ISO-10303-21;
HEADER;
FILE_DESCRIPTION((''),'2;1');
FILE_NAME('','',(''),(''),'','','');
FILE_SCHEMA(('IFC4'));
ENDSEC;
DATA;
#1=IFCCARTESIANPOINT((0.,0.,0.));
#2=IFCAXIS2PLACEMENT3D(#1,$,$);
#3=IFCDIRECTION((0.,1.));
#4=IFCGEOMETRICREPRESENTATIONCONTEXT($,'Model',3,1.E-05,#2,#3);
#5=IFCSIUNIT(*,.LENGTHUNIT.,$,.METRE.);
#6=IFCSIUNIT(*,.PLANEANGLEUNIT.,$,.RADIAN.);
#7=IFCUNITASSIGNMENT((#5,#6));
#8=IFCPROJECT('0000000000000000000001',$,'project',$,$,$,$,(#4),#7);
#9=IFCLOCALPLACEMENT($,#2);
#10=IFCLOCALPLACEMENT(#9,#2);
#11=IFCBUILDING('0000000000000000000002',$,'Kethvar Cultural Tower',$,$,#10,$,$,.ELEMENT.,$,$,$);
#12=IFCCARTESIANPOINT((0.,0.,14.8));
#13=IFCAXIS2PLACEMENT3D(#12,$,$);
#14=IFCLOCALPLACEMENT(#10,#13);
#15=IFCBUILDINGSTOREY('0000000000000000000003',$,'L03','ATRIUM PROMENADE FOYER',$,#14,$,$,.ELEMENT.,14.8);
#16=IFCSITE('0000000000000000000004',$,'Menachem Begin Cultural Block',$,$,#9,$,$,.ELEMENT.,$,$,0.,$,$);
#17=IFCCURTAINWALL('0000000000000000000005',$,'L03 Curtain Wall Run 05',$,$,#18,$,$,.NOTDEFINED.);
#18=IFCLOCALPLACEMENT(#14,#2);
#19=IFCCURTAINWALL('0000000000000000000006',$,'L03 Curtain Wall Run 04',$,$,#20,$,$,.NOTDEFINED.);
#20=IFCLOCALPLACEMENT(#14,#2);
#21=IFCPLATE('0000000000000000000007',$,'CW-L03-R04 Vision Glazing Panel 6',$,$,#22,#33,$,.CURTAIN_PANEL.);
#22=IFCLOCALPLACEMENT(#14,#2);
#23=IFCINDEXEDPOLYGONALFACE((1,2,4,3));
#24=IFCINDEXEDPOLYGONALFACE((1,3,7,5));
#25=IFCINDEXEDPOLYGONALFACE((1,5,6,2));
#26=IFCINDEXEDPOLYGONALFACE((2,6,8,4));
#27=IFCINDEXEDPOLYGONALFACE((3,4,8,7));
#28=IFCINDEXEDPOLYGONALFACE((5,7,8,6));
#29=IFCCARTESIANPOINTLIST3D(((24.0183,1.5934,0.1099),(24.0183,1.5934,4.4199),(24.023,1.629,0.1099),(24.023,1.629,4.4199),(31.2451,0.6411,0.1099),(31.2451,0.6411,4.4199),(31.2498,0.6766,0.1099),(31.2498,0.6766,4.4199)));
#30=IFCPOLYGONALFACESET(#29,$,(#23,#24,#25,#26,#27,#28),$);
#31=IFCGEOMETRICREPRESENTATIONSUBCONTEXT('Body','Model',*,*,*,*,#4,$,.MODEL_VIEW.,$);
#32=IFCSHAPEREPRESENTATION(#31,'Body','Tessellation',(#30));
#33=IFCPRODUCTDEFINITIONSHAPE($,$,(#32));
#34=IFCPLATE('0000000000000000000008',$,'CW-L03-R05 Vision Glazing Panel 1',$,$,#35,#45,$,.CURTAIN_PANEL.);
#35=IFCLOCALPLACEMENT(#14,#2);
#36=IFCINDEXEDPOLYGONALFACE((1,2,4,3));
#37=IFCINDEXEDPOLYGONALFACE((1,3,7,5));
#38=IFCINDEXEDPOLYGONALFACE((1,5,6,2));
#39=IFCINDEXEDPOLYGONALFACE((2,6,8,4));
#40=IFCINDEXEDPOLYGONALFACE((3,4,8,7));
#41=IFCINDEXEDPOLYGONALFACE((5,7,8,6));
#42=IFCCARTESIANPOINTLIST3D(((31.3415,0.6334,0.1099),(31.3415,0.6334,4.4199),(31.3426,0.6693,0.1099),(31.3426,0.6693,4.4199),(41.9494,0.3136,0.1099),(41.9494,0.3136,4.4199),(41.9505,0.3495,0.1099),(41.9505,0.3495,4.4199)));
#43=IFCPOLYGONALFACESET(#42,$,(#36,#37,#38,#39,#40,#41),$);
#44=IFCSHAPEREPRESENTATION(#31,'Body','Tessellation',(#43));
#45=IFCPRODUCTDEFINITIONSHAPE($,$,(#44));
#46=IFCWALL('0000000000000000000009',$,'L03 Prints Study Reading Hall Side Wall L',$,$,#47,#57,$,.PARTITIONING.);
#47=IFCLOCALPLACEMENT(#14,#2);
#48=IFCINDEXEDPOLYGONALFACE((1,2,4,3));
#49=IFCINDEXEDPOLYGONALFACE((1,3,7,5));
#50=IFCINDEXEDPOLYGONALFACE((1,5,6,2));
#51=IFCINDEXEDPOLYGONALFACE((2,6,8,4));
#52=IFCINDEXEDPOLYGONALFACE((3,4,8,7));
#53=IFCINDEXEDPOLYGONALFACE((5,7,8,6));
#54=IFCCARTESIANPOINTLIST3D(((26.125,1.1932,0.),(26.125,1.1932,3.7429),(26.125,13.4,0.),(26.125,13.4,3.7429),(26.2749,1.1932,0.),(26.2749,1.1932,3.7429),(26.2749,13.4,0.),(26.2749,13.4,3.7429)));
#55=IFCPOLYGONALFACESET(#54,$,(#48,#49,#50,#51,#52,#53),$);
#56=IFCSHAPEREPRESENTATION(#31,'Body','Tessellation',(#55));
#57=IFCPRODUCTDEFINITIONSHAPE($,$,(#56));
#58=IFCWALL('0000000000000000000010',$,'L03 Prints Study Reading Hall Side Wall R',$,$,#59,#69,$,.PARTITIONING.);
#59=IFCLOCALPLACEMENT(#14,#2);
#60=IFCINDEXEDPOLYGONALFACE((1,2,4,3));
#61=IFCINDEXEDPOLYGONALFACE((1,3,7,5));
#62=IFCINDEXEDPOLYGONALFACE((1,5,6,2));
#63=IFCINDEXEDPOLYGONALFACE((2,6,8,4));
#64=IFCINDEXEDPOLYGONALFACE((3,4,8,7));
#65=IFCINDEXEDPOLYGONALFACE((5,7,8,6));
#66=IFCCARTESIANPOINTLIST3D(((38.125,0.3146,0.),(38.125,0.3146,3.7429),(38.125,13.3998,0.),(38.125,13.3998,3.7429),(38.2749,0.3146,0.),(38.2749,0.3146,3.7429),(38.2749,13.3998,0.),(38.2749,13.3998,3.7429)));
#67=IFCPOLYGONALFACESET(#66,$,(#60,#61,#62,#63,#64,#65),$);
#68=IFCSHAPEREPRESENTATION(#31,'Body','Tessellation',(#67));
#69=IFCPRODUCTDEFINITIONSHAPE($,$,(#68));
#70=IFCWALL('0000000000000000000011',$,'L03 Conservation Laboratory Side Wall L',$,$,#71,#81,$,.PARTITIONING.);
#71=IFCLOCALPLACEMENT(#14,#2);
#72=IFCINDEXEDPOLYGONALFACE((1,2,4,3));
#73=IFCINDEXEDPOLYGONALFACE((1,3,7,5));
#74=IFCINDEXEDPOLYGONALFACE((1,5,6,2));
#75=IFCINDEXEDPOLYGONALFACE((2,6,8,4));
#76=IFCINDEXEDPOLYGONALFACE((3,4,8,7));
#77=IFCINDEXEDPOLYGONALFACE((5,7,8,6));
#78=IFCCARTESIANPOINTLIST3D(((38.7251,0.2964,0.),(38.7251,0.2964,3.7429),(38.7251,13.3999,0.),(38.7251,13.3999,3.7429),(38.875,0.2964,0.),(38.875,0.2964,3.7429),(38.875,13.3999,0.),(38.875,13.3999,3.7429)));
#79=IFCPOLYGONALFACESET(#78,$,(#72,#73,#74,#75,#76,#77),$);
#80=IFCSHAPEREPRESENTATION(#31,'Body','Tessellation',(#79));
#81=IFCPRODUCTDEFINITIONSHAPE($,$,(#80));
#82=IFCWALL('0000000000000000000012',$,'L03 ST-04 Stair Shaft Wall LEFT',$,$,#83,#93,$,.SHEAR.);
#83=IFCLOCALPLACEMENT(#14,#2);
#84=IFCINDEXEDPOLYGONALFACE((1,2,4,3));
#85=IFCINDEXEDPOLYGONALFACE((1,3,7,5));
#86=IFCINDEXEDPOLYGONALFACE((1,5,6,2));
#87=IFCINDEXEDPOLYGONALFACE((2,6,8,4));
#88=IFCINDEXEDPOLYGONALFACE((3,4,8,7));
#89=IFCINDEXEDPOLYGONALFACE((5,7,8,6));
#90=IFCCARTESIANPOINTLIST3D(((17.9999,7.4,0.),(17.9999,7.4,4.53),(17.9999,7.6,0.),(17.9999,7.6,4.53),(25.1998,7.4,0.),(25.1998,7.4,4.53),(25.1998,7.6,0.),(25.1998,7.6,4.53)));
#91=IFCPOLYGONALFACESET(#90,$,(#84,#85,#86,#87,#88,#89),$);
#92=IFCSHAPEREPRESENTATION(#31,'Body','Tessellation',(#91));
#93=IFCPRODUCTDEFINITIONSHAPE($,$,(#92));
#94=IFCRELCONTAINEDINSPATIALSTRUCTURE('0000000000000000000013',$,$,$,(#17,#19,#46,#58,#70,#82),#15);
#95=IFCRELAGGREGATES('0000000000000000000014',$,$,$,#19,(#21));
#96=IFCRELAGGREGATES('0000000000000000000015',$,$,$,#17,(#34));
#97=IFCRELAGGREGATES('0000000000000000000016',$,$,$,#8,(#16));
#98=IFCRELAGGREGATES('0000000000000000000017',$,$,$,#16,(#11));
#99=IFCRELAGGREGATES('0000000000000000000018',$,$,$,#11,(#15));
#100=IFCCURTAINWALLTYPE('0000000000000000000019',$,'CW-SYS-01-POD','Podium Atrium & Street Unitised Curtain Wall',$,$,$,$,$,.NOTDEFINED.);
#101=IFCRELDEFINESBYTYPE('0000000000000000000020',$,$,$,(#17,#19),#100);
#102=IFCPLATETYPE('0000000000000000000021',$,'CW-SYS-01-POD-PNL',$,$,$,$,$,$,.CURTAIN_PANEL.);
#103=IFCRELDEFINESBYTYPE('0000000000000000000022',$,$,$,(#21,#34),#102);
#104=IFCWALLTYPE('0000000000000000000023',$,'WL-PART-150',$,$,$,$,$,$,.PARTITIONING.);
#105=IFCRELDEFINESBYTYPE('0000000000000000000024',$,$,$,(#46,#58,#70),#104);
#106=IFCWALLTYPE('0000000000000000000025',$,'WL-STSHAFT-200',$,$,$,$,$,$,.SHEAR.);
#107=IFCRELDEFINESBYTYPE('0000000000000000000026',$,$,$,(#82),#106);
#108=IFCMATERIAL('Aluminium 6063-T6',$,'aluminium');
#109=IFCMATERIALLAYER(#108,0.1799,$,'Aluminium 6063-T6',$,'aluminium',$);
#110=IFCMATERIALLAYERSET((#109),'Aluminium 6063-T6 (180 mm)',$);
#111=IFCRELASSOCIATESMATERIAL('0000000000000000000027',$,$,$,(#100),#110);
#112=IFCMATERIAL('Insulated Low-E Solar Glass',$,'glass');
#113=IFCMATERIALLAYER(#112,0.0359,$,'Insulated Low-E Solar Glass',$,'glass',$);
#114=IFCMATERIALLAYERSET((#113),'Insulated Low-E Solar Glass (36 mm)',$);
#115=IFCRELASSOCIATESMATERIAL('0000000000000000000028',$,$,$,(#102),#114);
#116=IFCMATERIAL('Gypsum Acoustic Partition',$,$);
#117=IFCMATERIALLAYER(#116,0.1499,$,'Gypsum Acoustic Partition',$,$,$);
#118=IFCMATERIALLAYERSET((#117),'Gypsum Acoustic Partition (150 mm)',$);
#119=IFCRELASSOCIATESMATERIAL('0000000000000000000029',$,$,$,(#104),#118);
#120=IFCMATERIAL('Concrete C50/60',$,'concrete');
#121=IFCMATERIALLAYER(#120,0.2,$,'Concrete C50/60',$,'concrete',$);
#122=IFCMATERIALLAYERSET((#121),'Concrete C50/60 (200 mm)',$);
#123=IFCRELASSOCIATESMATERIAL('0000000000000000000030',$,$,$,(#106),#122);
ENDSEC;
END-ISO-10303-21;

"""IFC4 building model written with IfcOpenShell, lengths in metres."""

from ifc_helpers import new_model, si_unit, direction, frame, frame_2d, origin, origin_2d, place, context, subcontext, project, spatial, rectangle, extrude, source, transform, mapped, material, layer, layer_set, type_object, element, aggregate, save


model = new_model("IFC4")

# Units and contexts
model_context = context("Model", 3, precision=1e-05, world=origin(), true_north=direction((0.0, 1.0)))
body_context = subcontext(model_context, "Body", "Model", "MODEL_VIEW")
ifc_project = project(units=[si_unit("LENGTHUNIT", "METRE"), si_unit("PLANEANGLEUNIT", "RADIAN")], contexts=[model_context])

# Site, building, storey
site_placement = place(None, origin())
site = spatial("IfcSite", under=ifc_project, at=site_placement, Name="Menachem Begin Cultural Block", CompositionType="ELEMENT", RefElevation=0.0)
building_placement = place(site_placement, origin())
building = spatial("IfcBuilding", under=site, at=building_placement, Name="Kethvar Cultural Tower", CompositionType="ELEMENT")
storey_placement = place(building_placement, frame((0.0, 0.0, 14.8)))
storey = spatial("IfcBuildingStorey", under=building, at=storey_placement, Name="L03", Description="ATRIUM PROMENADE FOYER", CompositionType="ELEMENT", Elevation=14.8)

# Curtain wall
ifc_material_1 = material(Name="Aluminium 6063-T6", Category="aluminium")
ifc_layer_1 = layer(ifc_material_1, 0.1799, Name="Aluminium 6063-T6", Category="aluminium")
ifc_layer_set_1 = layer_set([ifc_layer_1], Name="Aluminium 6063-T6 (180 mm)")
curtain_wall_type = type_object("IfcCurtainWallType", Name="CW-SYS-01-POD", Description="Podium Atrium & Street Unitised Curtain Wall", PredefinedType="NOTDEFINED", material=ifc_layer_set_1)
curtain_wall_1_placement = place(storey_placement, origin())
curtain_wall_1 = element("IfcCurtainWall", 1, at=curtain_wall_1_placement, inside=storey, type_object=curtain_wall_type, Name="L03 Curtain Wall Run 05", PredefinedType="NOTDEFINED")

# Curtain wall
curtain_wall_2_placement = place(storey_placement, origin())
curtain_wall_2 = element("IfcCurtainWall", 2, at=curtain_wall_2_placement, inside=storey, type_object=curtain_wall_type, Name="L03 Curtain Wall Run 04", PredefinedType="NOTDEFINED")

# Plates
ifc_material_2 = material(Name="Insulated Low-E Solar Glass", Category="glass")
ifc_layer_2 = layer(ifc_material_2, 0.0359, Name="Insulated Low-E Solar Glass", Category="glass")
ifc_layer_set_2 = layer_set([ifc_layer_2], Name="Insulated Low-E Solar Glass (36 mm)")
plate_type_1 = type_object("IfcPlateType", Name="CW-SYS-01-POD-PNL", PredefinedType="CURTAIN_PANEL", material=ifc_layer_set_2)
shared_shape_1 = source(origin(), body_context, "Body", "SweptSolid", [
    extrude(rectangle(XDim=7.2893, YDim=0.0359, at=origin_2d()), origin(), (0.0, 0.0, 1.0), 4.3101),
])
plate_1_placement = place(storey_placement, frame((27.634, 1.135, 0.1099), z_axis=(0.0, 0.0, 1.0), x_axis=(0.991429, -0.130647, 0.0)))
plate_1 = element("IfcPlate", 3, at=plate_1_placement, type_object=plate_type_1, Name="CW-L03-R04 Vision Glazing Panel 6", PredefinedType="CURTAIN_PANEL", context=body_context, shape_type="MappedRepresentation", body=[
    mapped(shared_shape_1, transform((0.0, 0.0, 0.0), scale=1.0)),
])
aggregate(curtain_wall_2, [plate_1])
shared_shape_2 = source(origin(), body_context, "Body", "SweptSolid", [
    extrude(rectangle(XDim=10.6128, YDim=0.0359, at=origin_2d()), origin(), (0.0, 0.0, 1.0), 4.3101),
])
plate_2_placement = place(storey_placement, frame((36.646, 0.4915, 0.1099), z_axis=(0.0, 0.0, 1.0), x_axis=(0.999546, -0.030137, 0.0)))
plate_2 = element("IfcPlate", 4, at=plate_2_placement, type_object=plate_type_1, Name="CW-L03-R05 Vision Glazing Panel 1", PredefinedType="CURTAIN_PANEL", context=body_context, shape_type="MappedRepresentation", body=[
    mapped(shared_shape_2, transform((0.0, 0.0, 0.0), scale=1.0)),
])
aggregate(curtain_wall_1, [plate_2])

# Walls
ifc_material_3 = material(Name="Gypsum Acoustic Partition")
ifc_layer_3 = layer(ifc_material_3, 0.1499, Name="Gypsum Acoustic Partition")
ifc_layer_set_3 = layer_set([ifc_layer_3], Name="Gypsum Acoustic Partition (150 mm)")
wall_type_1 = type_object("IfcWallType", Name="WL-PART-150", PredefinedType="PARTITIONING", material=ifc_layer_set_3)
wall_1_placement = place(storey_placement, frame((26.2, 1.1931, 0.0), z_axis=(0.0, 0.0, 1.0), x_axis=(0.0, 1.0, 0.0)))
element("IfcWall", 5, at=wall_1_placement, inside=storey, type_object=wall_type_1, Name="L03 Prints Study Reading Hall Side Wall L", PredefinedType="PARTITIONING", context=body_context, shape_type="SweptSolid", body=[
    extrude(rectangle(XDim=12.2068, YDim=0.1499, at=frame_2d((6.1035, 0.0))), origin(), (0.0, 0.0, 1.0), 3.7429),
])
wall_2_placement = place(storey_placement, frame((38.2, 0.3147, 0.0), z_axis=(0.0, 0.0, 1.0), x_axis=(0.0, 1.0, 0.0)))
element("IfcWall", 6, at=wall_2_placement, inside=storey, type_object=wall_type_1, Name="L03 Prints Study Reading Hall Side Wall R", PredefinedType="PARTITIONING", context=body_context, shape_type="SweptSolid", body=[
    extrude(rectangle(XDim=13.0852, YDim=0.1499, at=frame_2d((6.5425, 0.0))), origin(), (0.0, 0.0, 1.0), 3.7429),
])
wall_3_placement = place(storey_placement, frame((38.8, 0.2964, 0.0), z_axis=(0.0, 0.0, 1.0), x_axis=(0.0, 1.0, 0.0)))
element("IfcWall", 7, at=wall_3_placement, inside=storey, type_object=wall_type_1, Name="L03 Conservation Laboratory Side Wall L", PredefinedType="PARTITIONING", context=body_context, shape_type="SweptSolid", body=[
    extrude(rectangle(XDim=13.1035, YDim=0.1499, at=frame_2d((6.5518, 0.0))), origin(), (0.0, 0.0, 1.0), 3.7429),
])
ifc_material_4 = material(Name="Concrete C50/60", Category="concrete")
ifc_layer_4 = layer(ifc_material_4, 0.2, Name="Concrete C50/60", Category="concrete")
ifc_layer_set_4 = layer_set([ifc_layer_4], Name="Concrete C50/60 (200 mm)")
wall_type_2 = type_object("IfcWallType", Name="WL-STSHAFT-200", PredefinedType="SHEAR", material=ifc_layer_set_4)
wall_4_placement = place(storey_placement, frame((25.2, 7.5, 0.0), z_axis=(0.0, 0.0, 1.0), x_axis=(-1.0, 0.0, 0.0)))
element("IfcWall", 8, at=wall_4_placement, inside=storey, type_object=wall_type_2, Name="L03 ST-04 Stair Shaft Wall LEFT", PredefinedType="SHEAR", context=body_context, shape_type="SweptSolid", body=[
    extrude(rectangle(XDim=7.2, YDim=0.2, at=frame_2d((3.6001, 0.0))), origin(), (0.0, 0.0, 1.0), 4.53),
])

save(model, "model.ifc")
